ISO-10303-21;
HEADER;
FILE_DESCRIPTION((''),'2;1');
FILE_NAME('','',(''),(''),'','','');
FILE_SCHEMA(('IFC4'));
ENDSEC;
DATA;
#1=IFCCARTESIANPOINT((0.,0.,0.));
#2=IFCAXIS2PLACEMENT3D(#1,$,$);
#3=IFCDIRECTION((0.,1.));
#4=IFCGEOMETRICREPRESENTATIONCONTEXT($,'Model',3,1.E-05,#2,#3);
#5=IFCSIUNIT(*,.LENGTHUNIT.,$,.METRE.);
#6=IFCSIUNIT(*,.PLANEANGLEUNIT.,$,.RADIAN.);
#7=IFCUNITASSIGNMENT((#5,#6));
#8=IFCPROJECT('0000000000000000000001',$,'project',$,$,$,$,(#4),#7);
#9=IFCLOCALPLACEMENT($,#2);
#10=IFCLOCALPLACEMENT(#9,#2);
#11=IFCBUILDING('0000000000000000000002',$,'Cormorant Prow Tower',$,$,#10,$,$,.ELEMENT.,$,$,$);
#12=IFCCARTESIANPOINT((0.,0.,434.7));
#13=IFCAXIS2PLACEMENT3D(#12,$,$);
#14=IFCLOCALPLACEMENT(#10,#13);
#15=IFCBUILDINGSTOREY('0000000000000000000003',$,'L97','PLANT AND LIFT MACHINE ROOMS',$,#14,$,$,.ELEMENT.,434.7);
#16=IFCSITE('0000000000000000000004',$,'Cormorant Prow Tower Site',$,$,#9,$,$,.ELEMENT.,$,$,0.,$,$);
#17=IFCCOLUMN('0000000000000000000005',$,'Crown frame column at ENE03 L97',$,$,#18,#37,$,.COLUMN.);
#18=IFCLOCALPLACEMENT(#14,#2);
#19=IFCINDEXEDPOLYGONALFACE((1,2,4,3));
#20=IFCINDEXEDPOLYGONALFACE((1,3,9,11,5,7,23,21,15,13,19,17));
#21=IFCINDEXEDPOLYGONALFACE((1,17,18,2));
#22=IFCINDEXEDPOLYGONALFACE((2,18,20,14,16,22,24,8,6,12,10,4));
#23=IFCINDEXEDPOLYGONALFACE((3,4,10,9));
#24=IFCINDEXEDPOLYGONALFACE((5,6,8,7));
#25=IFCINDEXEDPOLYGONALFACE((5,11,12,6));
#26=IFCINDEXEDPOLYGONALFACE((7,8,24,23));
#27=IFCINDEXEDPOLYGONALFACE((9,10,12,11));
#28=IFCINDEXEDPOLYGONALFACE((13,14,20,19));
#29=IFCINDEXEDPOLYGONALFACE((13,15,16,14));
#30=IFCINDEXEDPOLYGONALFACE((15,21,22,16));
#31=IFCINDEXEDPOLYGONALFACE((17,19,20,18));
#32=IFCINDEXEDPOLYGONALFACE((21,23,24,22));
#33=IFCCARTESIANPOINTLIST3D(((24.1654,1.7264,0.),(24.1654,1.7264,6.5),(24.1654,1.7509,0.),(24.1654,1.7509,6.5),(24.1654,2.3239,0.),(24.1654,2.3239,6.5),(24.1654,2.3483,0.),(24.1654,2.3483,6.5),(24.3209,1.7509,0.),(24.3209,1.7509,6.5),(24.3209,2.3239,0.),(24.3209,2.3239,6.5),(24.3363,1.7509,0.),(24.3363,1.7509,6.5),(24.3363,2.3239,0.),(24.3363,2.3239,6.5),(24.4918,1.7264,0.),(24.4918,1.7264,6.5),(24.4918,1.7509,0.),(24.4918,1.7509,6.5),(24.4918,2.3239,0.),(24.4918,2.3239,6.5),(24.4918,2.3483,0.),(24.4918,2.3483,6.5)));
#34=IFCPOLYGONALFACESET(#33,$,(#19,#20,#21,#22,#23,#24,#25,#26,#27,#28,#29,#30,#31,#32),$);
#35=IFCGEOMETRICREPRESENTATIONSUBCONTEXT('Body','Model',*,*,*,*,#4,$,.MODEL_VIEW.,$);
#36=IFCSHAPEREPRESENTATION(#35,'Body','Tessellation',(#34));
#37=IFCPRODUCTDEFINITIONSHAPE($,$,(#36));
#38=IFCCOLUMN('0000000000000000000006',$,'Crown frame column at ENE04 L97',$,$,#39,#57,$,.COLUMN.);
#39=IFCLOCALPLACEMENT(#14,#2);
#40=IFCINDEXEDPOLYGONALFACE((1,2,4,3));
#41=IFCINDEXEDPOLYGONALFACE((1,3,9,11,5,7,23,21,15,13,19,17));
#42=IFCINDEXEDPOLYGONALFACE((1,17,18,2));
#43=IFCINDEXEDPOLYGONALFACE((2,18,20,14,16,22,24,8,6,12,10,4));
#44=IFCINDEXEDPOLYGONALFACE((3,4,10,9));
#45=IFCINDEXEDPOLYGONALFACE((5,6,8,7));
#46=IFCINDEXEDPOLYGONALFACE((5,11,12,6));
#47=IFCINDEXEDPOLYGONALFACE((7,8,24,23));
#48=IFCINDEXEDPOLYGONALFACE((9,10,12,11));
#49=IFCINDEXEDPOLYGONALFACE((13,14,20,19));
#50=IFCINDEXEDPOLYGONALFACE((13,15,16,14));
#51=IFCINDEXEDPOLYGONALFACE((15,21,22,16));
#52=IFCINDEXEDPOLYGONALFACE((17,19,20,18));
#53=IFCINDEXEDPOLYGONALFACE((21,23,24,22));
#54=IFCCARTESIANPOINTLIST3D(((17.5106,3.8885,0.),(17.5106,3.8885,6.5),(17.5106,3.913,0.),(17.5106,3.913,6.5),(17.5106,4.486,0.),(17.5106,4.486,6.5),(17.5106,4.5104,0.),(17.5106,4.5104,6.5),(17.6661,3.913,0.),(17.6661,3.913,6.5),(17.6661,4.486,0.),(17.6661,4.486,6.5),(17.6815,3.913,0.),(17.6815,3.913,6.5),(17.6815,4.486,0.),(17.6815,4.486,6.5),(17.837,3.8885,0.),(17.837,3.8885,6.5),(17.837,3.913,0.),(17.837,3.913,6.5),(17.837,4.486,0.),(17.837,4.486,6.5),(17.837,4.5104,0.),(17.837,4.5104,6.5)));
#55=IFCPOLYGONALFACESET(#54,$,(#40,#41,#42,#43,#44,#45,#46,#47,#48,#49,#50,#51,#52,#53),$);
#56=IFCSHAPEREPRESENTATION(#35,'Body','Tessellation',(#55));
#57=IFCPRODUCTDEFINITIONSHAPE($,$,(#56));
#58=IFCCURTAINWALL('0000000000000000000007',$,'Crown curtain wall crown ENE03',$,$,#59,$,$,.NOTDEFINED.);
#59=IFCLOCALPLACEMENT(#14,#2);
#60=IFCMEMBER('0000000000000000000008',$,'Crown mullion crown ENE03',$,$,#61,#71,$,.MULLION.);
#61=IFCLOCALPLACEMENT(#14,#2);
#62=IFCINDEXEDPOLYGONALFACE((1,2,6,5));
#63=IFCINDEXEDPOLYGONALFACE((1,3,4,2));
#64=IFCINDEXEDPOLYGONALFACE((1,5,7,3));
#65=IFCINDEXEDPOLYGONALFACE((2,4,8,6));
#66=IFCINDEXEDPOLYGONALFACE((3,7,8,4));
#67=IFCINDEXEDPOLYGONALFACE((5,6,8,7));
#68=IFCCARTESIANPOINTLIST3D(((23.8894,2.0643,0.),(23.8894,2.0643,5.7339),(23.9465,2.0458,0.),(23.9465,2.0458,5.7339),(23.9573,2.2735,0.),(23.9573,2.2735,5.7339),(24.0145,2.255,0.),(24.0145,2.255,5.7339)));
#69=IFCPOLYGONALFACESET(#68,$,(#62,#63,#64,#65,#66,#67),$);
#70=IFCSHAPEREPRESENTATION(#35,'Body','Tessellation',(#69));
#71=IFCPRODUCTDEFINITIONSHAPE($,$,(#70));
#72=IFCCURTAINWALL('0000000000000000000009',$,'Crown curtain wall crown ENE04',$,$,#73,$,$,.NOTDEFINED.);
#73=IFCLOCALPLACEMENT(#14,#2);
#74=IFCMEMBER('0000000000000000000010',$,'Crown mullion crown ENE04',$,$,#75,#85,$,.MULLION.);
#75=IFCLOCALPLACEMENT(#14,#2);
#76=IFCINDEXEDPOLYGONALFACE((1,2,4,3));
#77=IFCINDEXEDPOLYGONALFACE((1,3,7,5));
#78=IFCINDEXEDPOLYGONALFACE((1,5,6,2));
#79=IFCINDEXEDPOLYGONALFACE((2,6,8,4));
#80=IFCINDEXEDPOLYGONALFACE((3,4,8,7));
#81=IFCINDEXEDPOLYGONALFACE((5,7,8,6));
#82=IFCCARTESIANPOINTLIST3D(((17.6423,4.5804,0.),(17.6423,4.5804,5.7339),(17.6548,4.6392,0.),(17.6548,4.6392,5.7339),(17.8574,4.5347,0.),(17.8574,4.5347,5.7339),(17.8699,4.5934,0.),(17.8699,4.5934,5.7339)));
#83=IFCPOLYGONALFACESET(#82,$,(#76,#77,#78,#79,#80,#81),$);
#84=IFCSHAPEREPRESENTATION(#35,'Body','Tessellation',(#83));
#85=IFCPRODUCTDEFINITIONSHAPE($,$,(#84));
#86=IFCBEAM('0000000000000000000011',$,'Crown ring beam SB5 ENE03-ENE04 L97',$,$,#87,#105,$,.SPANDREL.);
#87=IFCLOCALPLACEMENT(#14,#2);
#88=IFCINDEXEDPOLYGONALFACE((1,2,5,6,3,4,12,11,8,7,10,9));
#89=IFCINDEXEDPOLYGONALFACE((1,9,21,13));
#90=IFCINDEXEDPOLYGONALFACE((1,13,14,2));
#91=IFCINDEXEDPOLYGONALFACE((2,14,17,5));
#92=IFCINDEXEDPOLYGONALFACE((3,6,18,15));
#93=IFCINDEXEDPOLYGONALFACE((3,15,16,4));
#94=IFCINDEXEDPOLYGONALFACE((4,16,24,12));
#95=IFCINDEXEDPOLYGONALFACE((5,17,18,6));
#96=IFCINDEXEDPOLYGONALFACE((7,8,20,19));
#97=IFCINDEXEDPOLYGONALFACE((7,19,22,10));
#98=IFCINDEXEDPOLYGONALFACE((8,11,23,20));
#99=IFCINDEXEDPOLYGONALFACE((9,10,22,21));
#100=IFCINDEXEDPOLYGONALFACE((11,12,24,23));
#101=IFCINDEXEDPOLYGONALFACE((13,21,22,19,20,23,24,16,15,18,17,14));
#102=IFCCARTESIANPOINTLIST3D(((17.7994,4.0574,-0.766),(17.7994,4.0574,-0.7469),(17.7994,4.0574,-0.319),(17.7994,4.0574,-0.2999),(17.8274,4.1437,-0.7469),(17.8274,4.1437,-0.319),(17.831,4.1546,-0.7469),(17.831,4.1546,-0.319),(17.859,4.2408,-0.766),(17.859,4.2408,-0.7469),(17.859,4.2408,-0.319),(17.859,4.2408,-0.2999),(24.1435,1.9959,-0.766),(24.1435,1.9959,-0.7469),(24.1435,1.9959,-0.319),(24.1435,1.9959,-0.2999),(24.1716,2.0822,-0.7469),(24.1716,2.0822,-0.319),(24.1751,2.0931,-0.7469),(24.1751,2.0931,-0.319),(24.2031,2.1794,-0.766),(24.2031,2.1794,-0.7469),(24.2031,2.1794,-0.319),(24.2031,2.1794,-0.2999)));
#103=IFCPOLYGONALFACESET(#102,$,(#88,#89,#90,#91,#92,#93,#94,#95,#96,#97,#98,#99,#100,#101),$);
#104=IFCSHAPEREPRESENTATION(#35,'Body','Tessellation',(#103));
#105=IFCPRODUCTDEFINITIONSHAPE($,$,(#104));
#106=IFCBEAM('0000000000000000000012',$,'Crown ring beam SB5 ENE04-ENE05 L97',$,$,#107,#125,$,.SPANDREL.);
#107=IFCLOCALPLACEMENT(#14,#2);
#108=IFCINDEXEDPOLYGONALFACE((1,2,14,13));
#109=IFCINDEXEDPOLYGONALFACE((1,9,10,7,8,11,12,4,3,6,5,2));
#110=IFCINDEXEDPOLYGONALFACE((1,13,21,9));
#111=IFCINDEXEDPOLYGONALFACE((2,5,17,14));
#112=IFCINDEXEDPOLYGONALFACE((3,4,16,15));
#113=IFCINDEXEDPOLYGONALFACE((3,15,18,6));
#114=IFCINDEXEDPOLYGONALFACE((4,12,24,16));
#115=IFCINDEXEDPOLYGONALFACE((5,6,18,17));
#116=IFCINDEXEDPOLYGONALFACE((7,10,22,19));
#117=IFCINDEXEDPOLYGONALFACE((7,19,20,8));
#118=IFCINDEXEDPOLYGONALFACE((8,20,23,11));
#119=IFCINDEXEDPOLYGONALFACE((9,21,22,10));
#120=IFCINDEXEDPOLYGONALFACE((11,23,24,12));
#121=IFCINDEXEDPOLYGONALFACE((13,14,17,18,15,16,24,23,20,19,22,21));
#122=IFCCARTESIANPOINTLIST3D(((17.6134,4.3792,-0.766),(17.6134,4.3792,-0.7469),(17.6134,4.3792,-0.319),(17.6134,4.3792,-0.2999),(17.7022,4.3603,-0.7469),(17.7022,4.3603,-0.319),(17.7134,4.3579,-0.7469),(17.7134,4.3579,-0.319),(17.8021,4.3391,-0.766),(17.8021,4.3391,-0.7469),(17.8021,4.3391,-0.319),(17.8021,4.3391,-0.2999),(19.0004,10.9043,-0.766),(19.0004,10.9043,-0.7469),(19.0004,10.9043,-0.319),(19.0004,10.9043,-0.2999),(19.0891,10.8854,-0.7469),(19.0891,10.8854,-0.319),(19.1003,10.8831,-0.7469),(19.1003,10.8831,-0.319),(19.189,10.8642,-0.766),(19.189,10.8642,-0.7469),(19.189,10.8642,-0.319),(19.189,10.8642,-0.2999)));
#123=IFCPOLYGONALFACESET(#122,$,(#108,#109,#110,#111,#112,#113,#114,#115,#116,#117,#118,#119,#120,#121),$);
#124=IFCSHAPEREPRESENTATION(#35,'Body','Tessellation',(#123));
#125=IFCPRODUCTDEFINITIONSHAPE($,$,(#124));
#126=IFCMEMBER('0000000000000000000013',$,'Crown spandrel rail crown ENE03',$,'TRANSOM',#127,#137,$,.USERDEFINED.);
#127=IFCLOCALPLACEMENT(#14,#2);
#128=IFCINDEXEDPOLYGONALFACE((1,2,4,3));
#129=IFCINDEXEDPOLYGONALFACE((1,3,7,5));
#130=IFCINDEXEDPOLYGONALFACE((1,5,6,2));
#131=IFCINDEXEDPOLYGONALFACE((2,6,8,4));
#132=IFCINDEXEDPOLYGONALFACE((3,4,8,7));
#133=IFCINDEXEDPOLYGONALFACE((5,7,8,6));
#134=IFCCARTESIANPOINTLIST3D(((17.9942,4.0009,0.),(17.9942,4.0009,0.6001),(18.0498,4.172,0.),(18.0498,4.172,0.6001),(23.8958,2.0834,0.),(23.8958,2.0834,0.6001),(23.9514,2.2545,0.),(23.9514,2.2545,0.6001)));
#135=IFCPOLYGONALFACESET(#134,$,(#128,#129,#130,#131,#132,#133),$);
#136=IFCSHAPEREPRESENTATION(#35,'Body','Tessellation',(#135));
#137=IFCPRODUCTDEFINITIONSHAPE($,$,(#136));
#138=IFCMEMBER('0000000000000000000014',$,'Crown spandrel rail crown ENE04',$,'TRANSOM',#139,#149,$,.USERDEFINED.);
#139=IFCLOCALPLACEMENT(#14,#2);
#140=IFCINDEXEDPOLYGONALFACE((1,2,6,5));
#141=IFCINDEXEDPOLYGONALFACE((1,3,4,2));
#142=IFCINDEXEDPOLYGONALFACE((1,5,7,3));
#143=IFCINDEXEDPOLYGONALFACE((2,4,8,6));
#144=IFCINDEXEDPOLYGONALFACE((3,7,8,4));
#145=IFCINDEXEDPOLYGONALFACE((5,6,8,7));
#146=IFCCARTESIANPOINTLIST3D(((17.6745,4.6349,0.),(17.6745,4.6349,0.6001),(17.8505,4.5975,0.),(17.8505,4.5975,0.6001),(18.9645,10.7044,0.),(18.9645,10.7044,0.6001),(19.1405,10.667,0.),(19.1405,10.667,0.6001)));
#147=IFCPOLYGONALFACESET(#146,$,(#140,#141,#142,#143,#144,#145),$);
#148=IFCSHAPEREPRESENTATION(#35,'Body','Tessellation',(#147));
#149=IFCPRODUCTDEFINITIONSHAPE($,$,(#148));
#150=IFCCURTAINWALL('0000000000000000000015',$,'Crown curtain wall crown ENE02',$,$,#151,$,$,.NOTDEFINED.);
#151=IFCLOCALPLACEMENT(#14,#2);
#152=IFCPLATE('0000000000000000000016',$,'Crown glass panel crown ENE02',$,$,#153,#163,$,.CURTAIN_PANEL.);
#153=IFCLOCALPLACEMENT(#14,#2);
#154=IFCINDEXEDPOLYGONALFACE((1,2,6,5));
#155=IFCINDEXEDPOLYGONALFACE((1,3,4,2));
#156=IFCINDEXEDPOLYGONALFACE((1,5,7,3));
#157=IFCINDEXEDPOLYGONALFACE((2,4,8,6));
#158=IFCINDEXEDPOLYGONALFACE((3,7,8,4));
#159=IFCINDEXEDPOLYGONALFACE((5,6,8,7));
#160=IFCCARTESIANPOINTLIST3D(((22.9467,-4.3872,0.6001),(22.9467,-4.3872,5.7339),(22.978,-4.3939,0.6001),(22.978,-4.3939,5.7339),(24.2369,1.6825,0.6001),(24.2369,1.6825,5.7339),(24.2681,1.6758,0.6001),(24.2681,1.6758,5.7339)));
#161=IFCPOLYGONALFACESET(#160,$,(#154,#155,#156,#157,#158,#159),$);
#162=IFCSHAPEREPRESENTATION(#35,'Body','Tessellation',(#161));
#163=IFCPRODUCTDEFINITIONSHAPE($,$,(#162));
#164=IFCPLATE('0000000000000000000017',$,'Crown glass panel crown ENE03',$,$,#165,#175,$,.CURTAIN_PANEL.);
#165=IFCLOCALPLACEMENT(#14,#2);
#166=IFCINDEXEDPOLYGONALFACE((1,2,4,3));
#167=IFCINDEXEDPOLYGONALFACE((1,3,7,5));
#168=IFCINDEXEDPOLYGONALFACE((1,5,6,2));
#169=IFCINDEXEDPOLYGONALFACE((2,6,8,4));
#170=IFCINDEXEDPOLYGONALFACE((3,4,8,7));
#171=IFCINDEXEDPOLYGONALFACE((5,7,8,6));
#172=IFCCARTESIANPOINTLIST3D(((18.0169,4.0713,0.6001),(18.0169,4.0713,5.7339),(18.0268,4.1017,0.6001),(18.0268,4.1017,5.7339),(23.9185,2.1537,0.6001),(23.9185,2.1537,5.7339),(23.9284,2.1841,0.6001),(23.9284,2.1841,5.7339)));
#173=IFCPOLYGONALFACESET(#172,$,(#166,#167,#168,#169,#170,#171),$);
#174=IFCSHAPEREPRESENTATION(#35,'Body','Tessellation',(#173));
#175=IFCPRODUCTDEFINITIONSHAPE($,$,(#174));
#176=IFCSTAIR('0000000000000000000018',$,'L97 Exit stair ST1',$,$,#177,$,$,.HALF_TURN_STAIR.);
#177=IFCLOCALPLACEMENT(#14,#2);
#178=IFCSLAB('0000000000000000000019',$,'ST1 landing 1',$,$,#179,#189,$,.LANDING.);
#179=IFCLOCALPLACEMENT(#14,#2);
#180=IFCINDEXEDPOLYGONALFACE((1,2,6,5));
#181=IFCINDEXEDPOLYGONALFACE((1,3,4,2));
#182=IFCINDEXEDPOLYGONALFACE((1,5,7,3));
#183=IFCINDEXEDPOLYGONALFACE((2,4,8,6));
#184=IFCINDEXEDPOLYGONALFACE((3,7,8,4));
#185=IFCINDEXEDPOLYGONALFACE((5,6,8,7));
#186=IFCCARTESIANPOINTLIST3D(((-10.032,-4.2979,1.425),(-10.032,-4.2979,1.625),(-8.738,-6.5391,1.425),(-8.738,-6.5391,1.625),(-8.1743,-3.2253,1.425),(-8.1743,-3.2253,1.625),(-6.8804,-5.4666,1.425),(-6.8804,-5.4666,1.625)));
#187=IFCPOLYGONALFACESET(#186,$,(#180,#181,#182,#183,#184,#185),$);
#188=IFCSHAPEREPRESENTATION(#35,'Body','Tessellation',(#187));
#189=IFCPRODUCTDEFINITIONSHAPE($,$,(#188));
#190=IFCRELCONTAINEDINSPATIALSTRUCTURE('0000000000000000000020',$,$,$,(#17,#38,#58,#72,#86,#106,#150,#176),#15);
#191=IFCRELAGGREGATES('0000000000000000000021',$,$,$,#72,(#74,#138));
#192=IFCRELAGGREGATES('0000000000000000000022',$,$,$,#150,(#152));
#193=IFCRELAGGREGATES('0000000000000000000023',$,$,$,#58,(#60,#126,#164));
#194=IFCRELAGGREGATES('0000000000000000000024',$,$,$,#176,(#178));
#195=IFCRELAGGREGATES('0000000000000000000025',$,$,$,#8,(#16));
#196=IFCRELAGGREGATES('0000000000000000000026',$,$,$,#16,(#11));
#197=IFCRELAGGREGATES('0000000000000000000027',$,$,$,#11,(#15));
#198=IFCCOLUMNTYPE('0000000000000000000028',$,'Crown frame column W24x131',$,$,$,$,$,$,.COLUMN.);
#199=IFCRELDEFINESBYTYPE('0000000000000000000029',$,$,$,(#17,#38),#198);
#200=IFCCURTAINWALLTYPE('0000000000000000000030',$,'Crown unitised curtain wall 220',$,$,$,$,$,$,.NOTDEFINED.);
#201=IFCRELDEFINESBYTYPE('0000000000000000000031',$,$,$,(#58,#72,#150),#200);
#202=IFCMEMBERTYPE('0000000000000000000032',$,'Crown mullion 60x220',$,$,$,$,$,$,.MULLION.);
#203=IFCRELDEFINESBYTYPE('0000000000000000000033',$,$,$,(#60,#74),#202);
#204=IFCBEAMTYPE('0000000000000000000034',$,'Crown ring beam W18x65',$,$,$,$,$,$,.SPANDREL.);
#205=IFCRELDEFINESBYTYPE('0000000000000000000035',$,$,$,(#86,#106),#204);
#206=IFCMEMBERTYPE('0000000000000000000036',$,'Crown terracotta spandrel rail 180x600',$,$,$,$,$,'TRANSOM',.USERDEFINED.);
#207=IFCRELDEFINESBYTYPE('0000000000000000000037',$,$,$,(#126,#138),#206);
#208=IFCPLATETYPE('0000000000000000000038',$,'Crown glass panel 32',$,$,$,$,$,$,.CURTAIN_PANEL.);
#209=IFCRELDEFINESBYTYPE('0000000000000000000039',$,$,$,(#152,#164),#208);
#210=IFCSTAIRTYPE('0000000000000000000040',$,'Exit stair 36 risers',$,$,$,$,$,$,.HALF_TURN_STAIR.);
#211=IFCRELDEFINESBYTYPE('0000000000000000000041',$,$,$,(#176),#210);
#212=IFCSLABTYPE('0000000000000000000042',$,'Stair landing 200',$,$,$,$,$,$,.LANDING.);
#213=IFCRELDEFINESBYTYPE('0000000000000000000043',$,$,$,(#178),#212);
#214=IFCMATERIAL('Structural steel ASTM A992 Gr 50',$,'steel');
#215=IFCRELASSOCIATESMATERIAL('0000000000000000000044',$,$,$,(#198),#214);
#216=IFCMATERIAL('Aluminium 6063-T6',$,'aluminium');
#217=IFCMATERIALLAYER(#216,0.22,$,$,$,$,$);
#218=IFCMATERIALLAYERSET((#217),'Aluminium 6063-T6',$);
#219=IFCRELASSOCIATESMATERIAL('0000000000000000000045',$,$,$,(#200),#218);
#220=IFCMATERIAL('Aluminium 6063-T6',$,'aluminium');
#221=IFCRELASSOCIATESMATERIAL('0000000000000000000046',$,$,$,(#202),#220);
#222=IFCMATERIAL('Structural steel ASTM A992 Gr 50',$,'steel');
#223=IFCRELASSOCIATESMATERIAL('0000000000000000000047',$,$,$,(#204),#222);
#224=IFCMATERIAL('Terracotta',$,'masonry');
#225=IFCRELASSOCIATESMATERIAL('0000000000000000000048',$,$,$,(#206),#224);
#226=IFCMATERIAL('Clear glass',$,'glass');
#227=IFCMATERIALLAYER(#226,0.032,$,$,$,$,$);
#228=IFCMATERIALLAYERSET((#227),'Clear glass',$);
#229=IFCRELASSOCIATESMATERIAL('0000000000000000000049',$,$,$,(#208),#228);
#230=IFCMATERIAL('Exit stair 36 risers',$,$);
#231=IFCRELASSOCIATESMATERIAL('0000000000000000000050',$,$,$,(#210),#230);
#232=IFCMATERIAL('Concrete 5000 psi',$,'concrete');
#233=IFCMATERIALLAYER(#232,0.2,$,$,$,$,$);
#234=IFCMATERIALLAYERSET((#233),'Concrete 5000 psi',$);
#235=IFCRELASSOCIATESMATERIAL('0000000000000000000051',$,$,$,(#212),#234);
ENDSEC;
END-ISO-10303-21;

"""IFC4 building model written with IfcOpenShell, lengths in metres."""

from ifc_helpers import new_model, si_unit, direction, frame, origin, origin_2d, place, context, subcontext, project, spatial, polyline, rectangle, i_section, outline, extrude, material, layer, layer_set, material_profile, profile_set, type_object, element, aggregate, save


model = new_model("IFC4")

# Units and contexts
model_context = context("Model", 3, precision=1e-05, world=origin(), true_north=direction((0.0, 1.0)))
body_context = subcontext(model_context, "Body", "Model", "MODEL_VIEW")
ifc_project = project(units=[si_unit("LENGTHUNIT", "METRE"), si_unit("PLANEANGLEUNIT", "RADIAN")], contexts=[model_context])

# Site, building, storey
site_placement = place(None, origin())
site = spatial("IfcSite", under=ifc_project, at=site_placement, Name="Cormorant Prow Tower Site", CompositionType="ELEMENT", RefElevation=0.0)
building_placement = place(site_placement, origin())
building = spatial("IfcBuilding", under=site, at=building_placement, Name="Cormorant Prow Tower", CompositionType="ELEMENT")
storey_placement = place(building_placement, frame((0.0, 0.0, 434.7)))
storey = spatial("IfcBuildingStorey", under=building, at=storey_placement, Name="L97", Description="PLANT AND LIFT MACHINE ROOMS", CompositionType="ELEMENT", Elevation=434.7)

# Columns
ifc_material_1 = material(Name="Structural steel ASTM A992 Gr 50", Category="steel")
ifc_material_profile_1 = material_profile(ifc_material_1, i_section(OverallWidth=0.3264, OverallDepth=0.6218, WebThickness=0.0154, FlangeThickness=0.0244, at=origin_2d()), Name="W24x131")
ifc_profile_set_1 = profile_set([ifc_material_profile_1], Name="Structural steel ASTM A992 Gr 50")
column_type = type_object("IfcColumnType", Name="Crown frame column W24x131", PredefinedType="COLUMN", material=ifc_profile_set_1)
for number, where, z_axis, x_axis, name in (
    (1, (24.3286, 2.0374, 0.0), (0.0, 0.0, 1.0), (1.0, 0.0, 0.0), "Crown frame column at ENE03 L97"),
    (2, (17.6738, 4.1995, 0.0), (0.0, 0.0, 1.0), (1.0, 0.0, 0.0), "Crown frame column at ENE04 L97"),
):
    element("IfcColumn", number, at=place(storey_placement, frame(where, z_axis=z_axis, x_axis=x_axis)), inside=storey, type_object=column_type, Name=name, PredefinedType="COLUMN", context=body_context, shape_type="SweptSolid", body=[
        extrude(i_section(OverallWidth=0.3264, OverallDepth=0.6218, WebThickness=0.0154, FlangeThickness=0.0244, at=origin_2d()), origin(), (0.0, 0.0, 1.0), 6.5),
    ])

# Curtain walls, members
ifc_material_2 = material(Name="Aluminium 6063-T6", Category="aluminium")
ifc_layer_1 = layer(ifc_material_2, 0.22)
ifc_layer_set_1 = layer_set([ifc_layer_1], Name="Aluminium 6063-T6")
curtain_wall_type = type_object("IfcCurtainWallType", Name="Crown unitised curtain wall 220", PredefinedType="NOTDEFINED", material=ifc_layer_set_1)
curtain_wall_1_placement = place(storey_placement, origin())
curtain_wall_1 = element("IfcCurtainWall", 3, at=curtain_wall_1_placement, inside=storey, type_object=curtain_wall_type, Name="Crown curtain wall crown ENE03", PredefinedType="NOTDEFINED")
ifc_material_3 = material(Name="Aluminium 6063-T6", Category="aluminium")
ifc_material_profile_2 = material_profile(ifc_material_3, rectangle(XDim=0.22, YDim=0.0601, at=origin_2d()), Name="Crown mullion 60x220")
ifc_profile_set_2 = profile_set([ifc_material_profile_2], Name="Aluminium 6063-T6")
member_type_1 = type_object("IfcMemberType", Name="Crown mullion 60x220", PredefinedType="MULLION", material=ifc_profile_set_2)
member_1_placement = place(storey_placement, frame((23.9519, 2.1597, 0.0), z_axis=(0.0, 0.0, 1.0), x_axis=(-0.309017, -0.951056, 0.0)))
member_1 = element("IfcMember", 4, at=member_1_placement, type_object=member_type_1, Name="Crown mullion crown ENE03", PredefinedType="MULLION", context=body_context, shape_type="SweptSolid", body=[
    extrude(rectangle(XDim=0.22, YDim=0.0601, at=origin_2d()), origin(), (0.0, 0.0, 1.0), 5.7339),
])
curtain_wall_2_placement = place(storey_placement, origin())
curtain_wall_2 = element("IfcCurtainWall", 5, at=curtain_wall_2_placement, inside=storey, type_object=curtain_wall_type, Name="Crown curtain wall crown ENE04", PredefinedType="NOTDEFINED")
member_2_placement = place(storey_placement, frame((17.7561, 4.5869, 0.0), z_axis=(0.0, 0.0, 1.0), x_axis=(-0.978148, 0.207912, 0.0)))
member_2 = element("IfcMember", 6, at=member_2_placement, type_object=member_type_1, Name="Crown mullion crown ENE04", PredefinedType="MULLION", context=body_context, shape_type="SweptSolid", body=[
    extrude(rectangle(XDim=0.22, YDim=0.0601, at=origin_2d()), origin(), (0.0, 0.0, 1.0), 5.7339),
])

# Beams
ifc_material_4 = material(Name="Structural steel ASTM A992 Gr 50", Category="steel")
ifc_material_profile_3 = material_profile(ifc_material_4, i_section(OverallWidth=0.1929, OverallDepth=0.4661, WebThickness=0.0115, FlangeThickness=0.019, at=origin_2d()), Name="W18x65")
ifc_profile_set_3 = profile_set([ifc_material_profile_3], Name="Structural steel ASTM A992 Gr 50")
beam_type = type_object("IfcBeamType", Name="Crown ring beam W18x65", PredefinedType="SPANDREL", material=ifc_profile_set_3)
beam_1_placement = place(storey_placement, frame((24.1733, 2.0876, -0.533), z_axis=(-0.95105, 0.309038, 0.0), x_axis=(-0.309038, -0.95105, 0.0)))
element("IfcBeam", 7, at=beam_1_placement, inside=storey, type_object=beam_type, Name="Crown ring beam SB5 ENE03-ENE04 L97", PredefinedType="SPANDREL", context=body_context, shape_type="SweptSolid", body=[
    extrude(i_section(OverallWidth=0.1929, OverallDepth=0.4661, WebThickness=0.0115, FlangeThickness=0.019, at=origin_2d()), origin(), (0.0, 0.0, 1.0), 6.6707),
])
beam_2_placement = place(storey_placement, frame((17.7078, 4.3591, -0.533), z_axis=(0.207912, 0.978148, 0.0), x_axis=(-0.978148, 0.207912, 0.0)))
element("IfcBeam", 8, at=beam_2_placement, inside=storey, type_object=beam_type, Name="Crown ring beam SB5 ENE04-ENE05 L97", PredefinedType="SPANDREL", context=body_context, shape_type="SweptSolid", body=[
    extrude(i_section(OverallWidth=0.1929, OverallDepth=0.4661, WebThickness=0.0115, FlangeThickness=0.019, at=origin_2d()), origin(), (0.0, 0.0, 1.0), 6.6709),
])

# Members
ifc_material_5 = material(Name="Terracotta", Category="masonry")
ifc_material_profile_4 = material_profile(ifc_material_5, rectangle(XDim=0.1799, YDim=0.6001, at=origin_2d()), Name="Crown terracotta spandrel rail 180x600")
ifc_profile_set_4 = profile_set([ifc_material_profile_4], Name="Terracotta")
member_type_2 = type_object("IfcMemberType", Name="Crown terracotta spandrel rail 180x600", ElementType="TRANSOM", PredefinedType="USERDEFINED", material=ifc_profile_set_4)
member_3_placement = place(storey_placement, frame((23.9236, 2.1689, 0.3), z_axis=(-0.95106, 0.309007, 0.0), x_axis=(-0.309007, -0.95106, 0.0)))
member_3 = element("IfcMember", 9, at=member_3_placement, type_object=member_type_2, Name="Crown spandrel rail crown ENE03", ObjectType="TRANSOM", PredefinedType="USERDEFINED", context=body_context, shape_type="SweptSolid", body=[
    extrude(rectangle(XDim=0.1799, YDim=0.6001, at=origin_2d()), origin(), (0.0, 0.0, 1.0), 6.2053),
])
member_4_placement = place(storey_placement, frame((17.7625, 4.6162, 0.3), z_axis=(0.207898, 0.978151, 0.0), x_axis=(-0.978151, 0.207898, 0.0)))
member_4 = element("IfcMember", 10, at=member_4_placement, type_object=member_type_2, Name="Crown spandrel rail crown ENE04", ObjectType="TRANSOM", PredefinedType="USERDEFINED", context=body_context, shape_type="SweptSolid", body=[
    extrude(rectangle(XDim=0.1799, YDim=0.6001, at=origin_2d()), origin(), (0.0, 0.0, 1.0), 6.2051),
])
aggregate(curtain_wall_2, [member_2, member_4])

# Curtain wall, plate
curtain_wall_3_placement = place(storey_placement, origin())
curtain_wall_3 = element("IfcCurtainWall", 11, at=curtain_wall_3_placement, inside=storey, type_object=curtain_wall_type, Name="Crown curtain wall crown ENE02", PredefinedType="NOTDEFINED")
ifc_material_6 = material(Name="Clear glass", Category="glass")
ifc_layer_2 = layer(ifc_material_6, 0.032)
ifc_layer_set_2 = layer_set([ifc_layer_2], Name="Clear glass")
plate_type = type_object("IfcPlateType", Name="Crown glass panel 32", PredefinedType="CURTAIN_PANEL", material=ifc_layer_set_2)
plate_1_placement = place(storey_placement, frame((23.6074, -1.3557, 0.6001), z_axis=(0.0, 0.0, 1.0), x_axis=(0.207912, 0.978148, 0.0)))
plate_1 = element("IfcPlate", 12, at=plate_1_placement, type_object=plate_type, Name="Crown glass panel crown ENE02", PredefinedType="CURTAIN_PANEL", context=body_context, shape_type="SweptSolid", body=[
    extrude(rectangle(XDim=6.2053, YDim=0.032, at=origin_2d()), origin(), (0.0, 0.0, 1.0), 5.1338),
])
aggregate(curtain_wall_3, [plate_1])

# Plate
plate_2_placement = place(storey_placement, frame((20.9727, 3.1277, 0.6001), z_axis=(0.0, 0.0, 1.0), x_axis=(-0.951056, 0.309017, 0.0)))
plate_2 = element("IfcPlate", 13, at=plate_2_placement, type_object=plate_type, Name="Crown glass panel crown ENE03", PredefinedType="CURTAIN_PANEL", context=body_context, shape_type="SweptSolid", body=[
    extrude(rectangle(XDim=6.2053, YDim=0.032, at=origin_2d()), origin(), (0.0, 0.0, 1.0), 5.1338),
])
aggregate(curtain_wall_1, [member_1, member_3, plate_2])

# Stair, slab
ifc_material_7 = material(Name="Exit stair 36 risers")
stair_type = type_object("IfcStairType", Name="Exit stair 36 risers", PredefinedType="HALF_TURN_STAIR", material=ifc_material_7)
stair_1_placement = place(storey_placement, origin())
stair_1 = element("IfcStair", 14, at=stair_1_placement, inside=storey, type_object=stair_type, Name="L97 Exit stair ST1", PredefinedType="HALF_TURN_STAIR")
ifc_material_8 = material(Name="Concrete 5000 psi", Category="concrete")
ifc_layer_3 = layer(ifc_material_8, 0.2)
ifc_layer_set_3 = layer_set([ifc_layer_3], Name="Concrete 5000 psi")
slab_type = type_object("IfcSlabType", Name="Stair landing 200", PredefinedType="LANDING", material=ifc_layer_set_3)
slab_1_placement = place(storey_placement, frame((0.0, 0.0, 1.425)))
slab_1 = element("IfcSlab", 15, at=slab_1_placement, type_object=slab_type, Name="ST1 landing 1", PredefinedType="LANDING", context=body_context, shape_type="SweptSolid", body=[
    extrude(outline(polyline([(-8.1743, -3.2253), (-10.032, -4.2979), (-8.738, -6.5391), (-6.8804, -5.4666), (-8.1743, -3.2253)])), origin(), (0.0, 0.0, 1.0), 0.2),
])
aggregate(stair_1, [slab_1])

save(model, "model.ifc")
